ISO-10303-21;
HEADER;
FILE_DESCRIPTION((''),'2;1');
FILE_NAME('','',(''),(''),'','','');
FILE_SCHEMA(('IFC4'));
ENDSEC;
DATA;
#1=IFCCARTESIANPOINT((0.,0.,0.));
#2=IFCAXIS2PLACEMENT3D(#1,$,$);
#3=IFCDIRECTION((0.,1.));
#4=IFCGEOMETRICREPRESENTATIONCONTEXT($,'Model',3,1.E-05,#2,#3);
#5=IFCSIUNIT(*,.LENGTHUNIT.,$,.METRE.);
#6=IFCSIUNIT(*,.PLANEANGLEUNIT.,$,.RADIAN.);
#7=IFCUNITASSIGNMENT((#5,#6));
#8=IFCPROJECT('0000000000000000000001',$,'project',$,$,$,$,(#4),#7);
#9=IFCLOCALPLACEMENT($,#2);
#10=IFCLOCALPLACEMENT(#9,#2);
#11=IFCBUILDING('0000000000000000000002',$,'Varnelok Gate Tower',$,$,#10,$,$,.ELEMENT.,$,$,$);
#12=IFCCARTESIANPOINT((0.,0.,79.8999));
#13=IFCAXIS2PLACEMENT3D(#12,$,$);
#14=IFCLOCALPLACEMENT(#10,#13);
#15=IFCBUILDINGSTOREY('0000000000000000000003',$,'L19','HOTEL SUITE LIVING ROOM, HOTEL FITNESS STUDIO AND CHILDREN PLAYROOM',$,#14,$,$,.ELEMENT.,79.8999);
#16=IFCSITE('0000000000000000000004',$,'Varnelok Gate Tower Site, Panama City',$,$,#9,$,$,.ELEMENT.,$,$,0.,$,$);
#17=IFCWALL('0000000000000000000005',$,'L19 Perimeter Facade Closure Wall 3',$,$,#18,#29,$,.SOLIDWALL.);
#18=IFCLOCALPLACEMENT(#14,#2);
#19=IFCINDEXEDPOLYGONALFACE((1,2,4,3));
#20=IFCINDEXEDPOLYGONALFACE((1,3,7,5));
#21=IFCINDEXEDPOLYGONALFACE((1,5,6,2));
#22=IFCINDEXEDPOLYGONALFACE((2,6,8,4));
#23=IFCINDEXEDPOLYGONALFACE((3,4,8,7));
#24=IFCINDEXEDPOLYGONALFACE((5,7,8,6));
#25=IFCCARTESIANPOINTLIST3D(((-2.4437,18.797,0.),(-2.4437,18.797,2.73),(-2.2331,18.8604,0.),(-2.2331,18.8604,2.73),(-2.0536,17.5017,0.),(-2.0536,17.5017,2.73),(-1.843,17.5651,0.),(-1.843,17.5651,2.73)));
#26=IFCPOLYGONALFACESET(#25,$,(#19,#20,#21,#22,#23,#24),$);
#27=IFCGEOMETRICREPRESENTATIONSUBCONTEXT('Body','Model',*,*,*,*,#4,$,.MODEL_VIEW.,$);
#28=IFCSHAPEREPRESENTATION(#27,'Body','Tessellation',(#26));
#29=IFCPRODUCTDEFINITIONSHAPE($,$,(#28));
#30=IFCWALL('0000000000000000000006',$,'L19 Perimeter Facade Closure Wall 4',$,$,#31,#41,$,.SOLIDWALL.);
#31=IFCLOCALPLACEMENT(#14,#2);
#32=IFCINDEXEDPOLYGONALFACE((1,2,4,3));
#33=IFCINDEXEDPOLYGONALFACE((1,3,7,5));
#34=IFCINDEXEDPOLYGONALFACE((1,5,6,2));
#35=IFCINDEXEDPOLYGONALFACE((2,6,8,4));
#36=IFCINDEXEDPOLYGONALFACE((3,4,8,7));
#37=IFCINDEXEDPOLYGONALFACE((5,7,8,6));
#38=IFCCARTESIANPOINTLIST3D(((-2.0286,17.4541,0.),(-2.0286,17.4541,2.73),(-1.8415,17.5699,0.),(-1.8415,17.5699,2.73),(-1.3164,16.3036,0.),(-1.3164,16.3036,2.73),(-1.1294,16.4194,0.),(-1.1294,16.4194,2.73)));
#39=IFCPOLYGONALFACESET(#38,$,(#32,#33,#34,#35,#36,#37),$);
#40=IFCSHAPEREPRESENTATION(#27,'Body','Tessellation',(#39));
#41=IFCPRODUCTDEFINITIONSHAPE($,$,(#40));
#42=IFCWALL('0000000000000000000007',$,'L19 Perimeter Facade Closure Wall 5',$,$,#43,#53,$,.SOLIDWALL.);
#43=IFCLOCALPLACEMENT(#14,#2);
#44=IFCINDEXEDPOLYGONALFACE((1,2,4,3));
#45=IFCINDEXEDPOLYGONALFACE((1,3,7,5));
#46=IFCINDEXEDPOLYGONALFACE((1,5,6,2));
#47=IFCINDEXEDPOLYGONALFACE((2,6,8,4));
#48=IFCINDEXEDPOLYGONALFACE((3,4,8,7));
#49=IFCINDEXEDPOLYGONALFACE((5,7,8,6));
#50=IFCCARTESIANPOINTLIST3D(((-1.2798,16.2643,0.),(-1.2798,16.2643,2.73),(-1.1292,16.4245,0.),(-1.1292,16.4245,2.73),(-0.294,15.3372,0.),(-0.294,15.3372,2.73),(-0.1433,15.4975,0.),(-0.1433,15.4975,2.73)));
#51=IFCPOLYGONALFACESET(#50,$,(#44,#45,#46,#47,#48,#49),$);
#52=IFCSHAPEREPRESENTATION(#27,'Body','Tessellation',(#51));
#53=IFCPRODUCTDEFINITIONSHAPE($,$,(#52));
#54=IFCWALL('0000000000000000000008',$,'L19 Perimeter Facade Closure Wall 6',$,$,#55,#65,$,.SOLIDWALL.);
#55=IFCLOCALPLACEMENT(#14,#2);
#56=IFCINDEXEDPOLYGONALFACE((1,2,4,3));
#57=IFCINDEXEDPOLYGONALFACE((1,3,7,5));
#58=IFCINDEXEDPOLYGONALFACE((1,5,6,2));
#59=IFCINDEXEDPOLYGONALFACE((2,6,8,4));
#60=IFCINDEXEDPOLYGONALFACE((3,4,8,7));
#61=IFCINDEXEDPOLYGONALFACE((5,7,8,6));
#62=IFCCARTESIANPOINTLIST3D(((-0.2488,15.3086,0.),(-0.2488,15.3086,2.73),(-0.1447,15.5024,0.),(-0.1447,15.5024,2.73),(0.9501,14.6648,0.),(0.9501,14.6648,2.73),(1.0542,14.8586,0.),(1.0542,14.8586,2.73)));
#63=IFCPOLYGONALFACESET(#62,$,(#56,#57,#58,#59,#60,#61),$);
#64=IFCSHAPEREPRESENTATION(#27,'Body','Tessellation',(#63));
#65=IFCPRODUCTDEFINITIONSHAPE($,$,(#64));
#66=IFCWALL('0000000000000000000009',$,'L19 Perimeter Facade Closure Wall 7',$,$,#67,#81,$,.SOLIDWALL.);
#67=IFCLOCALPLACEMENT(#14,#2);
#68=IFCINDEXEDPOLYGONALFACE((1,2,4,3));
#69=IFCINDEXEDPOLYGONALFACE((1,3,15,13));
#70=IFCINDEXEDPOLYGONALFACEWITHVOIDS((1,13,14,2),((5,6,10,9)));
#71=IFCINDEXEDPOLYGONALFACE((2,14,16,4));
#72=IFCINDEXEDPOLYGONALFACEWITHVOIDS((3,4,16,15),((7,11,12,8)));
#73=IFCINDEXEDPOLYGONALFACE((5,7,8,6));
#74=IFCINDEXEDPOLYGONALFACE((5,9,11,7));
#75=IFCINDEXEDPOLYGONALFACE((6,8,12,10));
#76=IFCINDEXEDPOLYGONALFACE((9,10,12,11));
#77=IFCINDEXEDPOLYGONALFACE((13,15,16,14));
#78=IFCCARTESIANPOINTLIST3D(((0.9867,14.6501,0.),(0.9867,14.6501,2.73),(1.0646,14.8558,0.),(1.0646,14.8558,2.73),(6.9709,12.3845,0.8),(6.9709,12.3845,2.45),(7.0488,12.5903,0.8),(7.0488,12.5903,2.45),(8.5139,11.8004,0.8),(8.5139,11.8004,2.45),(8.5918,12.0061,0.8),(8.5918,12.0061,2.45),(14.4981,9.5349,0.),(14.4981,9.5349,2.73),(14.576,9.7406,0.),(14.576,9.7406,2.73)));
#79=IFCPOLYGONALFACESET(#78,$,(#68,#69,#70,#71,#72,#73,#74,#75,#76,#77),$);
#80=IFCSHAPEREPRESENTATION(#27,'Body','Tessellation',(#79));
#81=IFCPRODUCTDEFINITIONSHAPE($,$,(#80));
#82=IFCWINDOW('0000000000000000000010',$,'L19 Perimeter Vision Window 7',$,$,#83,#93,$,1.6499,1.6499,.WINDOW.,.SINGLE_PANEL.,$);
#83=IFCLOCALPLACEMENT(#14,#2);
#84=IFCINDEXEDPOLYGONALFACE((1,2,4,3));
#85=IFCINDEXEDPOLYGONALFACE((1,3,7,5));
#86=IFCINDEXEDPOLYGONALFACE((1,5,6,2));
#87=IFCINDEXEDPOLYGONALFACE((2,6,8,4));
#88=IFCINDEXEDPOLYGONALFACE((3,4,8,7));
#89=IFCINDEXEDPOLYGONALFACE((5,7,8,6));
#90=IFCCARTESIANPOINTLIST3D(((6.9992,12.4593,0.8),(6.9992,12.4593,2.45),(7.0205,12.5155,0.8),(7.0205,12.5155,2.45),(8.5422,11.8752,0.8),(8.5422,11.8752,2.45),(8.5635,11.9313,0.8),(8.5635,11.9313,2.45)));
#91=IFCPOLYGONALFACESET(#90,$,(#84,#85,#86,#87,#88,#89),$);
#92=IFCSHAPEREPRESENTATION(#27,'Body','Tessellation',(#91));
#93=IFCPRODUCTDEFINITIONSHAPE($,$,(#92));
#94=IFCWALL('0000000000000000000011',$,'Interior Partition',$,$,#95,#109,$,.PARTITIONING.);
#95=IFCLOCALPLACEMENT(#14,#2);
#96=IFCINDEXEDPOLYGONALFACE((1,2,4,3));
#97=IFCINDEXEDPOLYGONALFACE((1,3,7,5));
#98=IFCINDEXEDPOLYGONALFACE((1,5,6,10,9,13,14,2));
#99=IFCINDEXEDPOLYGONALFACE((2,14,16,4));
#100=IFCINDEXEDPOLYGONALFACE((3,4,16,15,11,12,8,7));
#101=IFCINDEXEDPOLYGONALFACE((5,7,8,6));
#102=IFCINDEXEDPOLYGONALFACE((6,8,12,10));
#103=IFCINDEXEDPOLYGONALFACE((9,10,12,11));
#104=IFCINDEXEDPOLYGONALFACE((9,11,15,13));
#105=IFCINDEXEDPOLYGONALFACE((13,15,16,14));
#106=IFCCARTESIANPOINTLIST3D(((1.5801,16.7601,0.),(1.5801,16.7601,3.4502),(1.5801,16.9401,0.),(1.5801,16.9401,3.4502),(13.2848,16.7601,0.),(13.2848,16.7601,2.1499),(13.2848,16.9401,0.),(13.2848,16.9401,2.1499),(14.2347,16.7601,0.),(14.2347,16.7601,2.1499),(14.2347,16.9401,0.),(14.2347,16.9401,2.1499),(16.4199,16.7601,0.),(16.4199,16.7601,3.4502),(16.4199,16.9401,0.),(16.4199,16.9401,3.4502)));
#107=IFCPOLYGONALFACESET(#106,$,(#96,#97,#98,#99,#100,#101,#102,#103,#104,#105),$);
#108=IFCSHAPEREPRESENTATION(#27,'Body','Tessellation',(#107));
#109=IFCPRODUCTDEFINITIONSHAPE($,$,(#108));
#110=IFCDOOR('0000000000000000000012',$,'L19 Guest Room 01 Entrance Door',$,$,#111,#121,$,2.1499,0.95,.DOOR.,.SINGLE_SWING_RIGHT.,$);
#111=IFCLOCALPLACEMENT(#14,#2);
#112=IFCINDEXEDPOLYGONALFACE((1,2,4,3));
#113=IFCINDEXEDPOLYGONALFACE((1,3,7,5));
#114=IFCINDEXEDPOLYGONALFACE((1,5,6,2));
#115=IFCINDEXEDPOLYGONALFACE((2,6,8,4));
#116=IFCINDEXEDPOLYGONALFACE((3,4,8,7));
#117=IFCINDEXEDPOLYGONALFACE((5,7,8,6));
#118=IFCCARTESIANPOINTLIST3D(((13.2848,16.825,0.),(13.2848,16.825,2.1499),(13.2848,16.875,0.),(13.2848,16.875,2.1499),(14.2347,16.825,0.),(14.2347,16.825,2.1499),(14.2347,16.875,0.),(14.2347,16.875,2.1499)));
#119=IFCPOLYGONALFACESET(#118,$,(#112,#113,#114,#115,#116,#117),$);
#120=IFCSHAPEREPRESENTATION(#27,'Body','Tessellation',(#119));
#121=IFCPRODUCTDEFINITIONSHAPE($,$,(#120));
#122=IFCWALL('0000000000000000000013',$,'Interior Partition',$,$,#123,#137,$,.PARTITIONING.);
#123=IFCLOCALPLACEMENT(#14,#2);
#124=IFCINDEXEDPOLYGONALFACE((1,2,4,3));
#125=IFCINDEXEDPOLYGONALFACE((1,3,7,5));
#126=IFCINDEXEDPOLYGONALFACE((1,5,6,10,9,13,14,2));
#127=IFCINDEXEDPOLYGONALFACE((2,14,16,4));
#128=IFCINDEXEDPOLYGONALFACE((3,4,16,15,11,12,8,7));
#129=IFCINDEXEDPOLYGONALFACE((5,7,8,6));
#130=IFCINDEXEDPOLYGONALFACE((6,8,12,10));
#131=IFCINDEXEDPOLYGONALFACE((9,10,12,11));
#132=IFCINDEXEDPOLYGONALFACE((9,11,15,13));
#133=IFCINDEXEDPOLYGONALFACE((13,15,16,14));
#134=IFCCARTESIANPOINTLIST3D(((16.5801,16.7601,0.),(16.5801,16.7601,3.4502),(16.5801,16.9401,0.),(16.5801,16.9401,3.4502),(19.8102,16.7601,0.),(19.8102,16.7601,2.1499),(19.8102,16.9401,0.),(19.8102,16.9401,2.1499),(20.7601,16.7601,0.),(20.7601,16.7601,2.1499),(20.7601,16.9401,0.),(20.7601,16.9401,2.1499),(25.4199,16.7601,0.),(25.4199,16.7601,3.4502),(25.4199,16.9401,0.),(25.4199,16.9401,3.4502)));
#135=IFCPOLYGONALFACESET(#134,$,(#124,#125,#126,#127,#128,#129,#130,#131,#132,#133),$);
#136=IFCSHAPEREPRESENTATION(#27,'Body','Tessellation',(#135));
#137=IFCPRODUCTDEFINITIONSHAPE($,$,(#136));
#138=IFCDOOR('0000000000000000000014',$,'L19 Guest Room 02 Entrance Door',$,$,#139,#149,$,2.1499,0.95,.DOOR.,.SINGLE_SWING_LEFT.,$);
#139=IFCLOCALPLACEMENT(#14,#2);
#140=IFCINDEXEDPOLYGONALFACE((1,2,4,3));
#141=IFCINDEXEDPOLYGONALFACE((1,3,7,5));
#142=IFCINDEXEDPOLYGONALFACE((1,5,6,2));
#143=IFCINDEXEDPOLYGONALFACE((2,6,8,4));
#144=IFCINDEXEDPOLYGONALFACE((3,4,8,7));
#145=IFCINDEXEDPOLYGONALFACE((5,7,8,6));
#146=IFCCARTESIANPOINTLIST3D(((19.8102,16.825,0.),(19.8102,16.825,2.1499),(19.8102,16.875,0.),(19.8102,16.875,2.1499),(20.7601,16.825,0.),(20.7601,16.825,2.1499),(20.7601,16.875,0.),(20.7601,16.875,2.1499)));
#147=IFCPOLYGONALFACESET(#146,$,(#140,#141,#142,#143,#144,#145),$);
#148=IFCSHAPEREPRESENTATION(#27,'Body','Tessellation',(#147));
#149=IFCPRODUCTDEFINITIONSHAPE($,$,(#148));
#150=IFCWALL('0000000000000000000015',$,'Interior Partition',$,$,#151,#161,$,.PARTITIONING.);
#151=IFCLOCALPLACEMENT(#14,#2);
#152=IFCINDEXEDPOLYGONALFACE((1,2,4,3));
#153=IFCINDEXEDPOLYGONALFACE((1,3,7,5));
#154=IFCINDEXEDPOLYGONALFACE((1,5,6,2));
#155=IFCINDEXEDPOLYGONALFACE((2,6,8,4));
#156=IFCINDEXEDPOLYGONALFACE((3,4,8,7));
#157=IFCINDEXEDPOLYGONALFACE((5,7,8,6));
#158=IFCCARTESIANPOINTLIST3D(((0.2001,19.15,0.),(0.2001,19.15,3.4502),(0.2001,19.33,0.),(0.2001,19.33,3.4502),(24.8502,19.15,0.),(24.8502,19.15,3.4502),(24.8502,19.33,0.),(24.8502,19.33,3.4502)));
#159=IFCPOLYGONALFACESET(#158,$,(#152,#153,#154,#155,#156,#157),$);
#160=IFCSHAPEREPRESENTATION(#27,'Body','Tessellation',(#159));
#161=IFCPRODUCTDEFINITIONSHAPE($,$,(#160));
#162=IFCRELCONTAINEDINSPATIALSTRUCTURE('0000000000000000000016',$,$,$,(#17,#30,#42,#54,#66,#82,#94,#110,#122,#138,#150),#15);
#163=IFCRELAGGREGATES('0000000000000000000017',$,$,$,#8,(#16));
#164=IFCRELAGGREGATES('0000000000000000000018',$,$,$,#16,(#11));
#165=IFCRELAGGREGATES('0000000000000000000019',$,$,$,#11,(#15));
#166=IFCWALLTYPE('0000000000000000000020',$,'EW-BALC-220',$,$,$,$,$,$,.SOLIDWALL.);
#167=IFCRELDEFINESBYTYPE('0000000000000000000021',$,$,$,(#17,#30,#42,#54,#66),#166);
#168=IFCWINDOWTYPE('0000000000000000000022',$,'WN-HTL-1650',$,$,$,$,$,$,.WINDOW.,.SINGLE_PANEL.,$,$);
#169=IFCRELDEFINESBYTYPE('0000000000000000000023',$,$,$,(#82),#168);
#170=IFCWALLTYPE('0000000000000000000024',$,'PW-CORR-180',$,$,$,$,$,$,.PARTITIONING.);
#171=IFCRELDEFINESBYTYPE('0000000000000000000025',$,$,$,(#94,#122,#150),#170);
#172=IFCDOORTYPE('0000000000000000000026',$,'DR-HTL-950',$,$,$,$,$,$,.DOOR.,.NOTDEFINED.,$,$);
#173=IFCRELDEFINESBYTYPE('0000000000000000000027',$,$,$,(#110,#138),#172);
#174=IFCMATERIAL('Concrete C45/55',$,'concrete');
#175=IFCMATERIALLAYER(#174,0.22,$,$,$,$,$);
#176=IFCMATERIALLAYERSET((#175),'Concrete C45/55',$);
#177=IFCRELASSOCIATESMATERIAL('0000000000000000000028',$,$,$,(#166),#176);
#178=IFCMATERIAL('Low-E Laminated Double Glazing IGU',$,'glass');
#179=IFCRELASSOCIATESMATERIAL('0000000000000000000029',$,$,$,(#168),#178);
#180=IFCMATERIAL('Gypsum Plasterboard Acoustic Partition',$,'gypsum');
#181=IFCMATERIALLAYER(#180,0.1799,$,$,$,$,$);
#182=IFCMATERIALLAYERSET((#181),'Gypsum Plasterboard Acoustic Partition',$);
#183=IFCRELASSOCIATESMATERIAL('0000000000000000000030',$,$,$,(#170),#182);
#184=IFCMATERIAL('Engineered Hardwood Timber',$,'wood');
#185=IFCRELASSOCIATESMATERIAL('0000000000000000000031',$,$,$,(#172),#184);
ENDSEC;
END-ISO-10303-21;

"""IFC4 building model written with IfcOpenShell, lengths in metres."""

from ifc_helpers import new_model, si_unit, direction, frame, frame_2d, origin, place, context, subcontext, project, spatial, rectangle, extrude, material, layer, layer_set, type_object, element, fill, save


model = new_model("IFC4")

# Units and contexts
model_context = context("Model", 3, precision=1e-05, world=origin(), true_north=direction((0.0, 1.0)))
body_context = subcontext(model_context, "Body", "Model", "MODEL_VIEW")
ifc_project = project(units=[si_unit("LENGTHUNIT", "METRE"), si_unit("PLANEANGLEUNIT", "RADIAN")], contexts=[model_context])

# Site, building, storey
site_placement = place(None, origin())
site = spatial("IfcSite", under=ifc_project, at=site_placement, Name="Varnelok Gate Tower Site, Panama City", CompositionType="ELEMENT", RefElevation=0.0)
building_placement = place(site_placement, origin())
building = spatial("IfcBuilding", under=site, at=building_placement, Name="Varnelok Gate Tower", CompositionType="ELEMENT")
storey_placement = place(building_placement, frame((0.0, 0.0, 79.8999)))
storey = spatial("IfcBuildingStorey", under=building, at=storey_placement, Name="L19", Description="HOTEL SUITE LIVING ROOM, HOTEL FITNESS STUDIO AND CHILDREN PLAYROOM", CompositionType="ELEMENT", Elevation=79.8999)

# Shared definitions
ifc_material_1 = material(Name="Low-E Laminated Double Glazing IGU", Category="glass")

# Walls
ifc_material_2 = material(Name="Concrete C45/55", Category="concrete")
ifc_layer_1 = layer(ifc_material_2, 0.22)
ifc_layer_set_1 = layer_set([ifc_layer_1], Name="Concrete C45/55")
wall_type_1 = type_object("IfcWallType", Name="EW-BALC-220", PredefinedType="SOLIDWALL", material=ifc_layer_set_1)
wall_1_placement = place(storey_placement, frame((-2.3384, 18.8286, 0.0), z_axis=(0.0, 0.0, 1.0), x_axis=(0.288374, -0.957518, 0.0)))
element("IfcWall", 1, at=wall_1_placement, inside=storey, type_object=wall_type_1, Name="L19 Perimeter Facade Closure Wall 3", PredefinedType="SOLIDWALL", context=body_context, shape_type="SweptSolid", body=[
    extrude(rectangle(XDim=1.3528, YDim=0.22, at=frame_2d((0.6763, 0.0))), origin(), (0.0, 0.0, 1.0), 2.73),
])
wall_2_placement = place(storey_placement, frame((-1.9351, 17.512, 0.0), z_axis=(0.0, 0.0, 1.0), x_axis=(0.526361, -0.850261, 0.0)))
element("IfcWall", 2, at=wall_2_placement, inside=storey, type_object=wall_type_1, Name="L19 Perimeter Facade Closure Wall 4", PredefinedType="SOLIDWALL", context=body_context, shape_type="SweptSolid", body=[
    extrude(rectangle(XDim=1.353, YDim=0.22, at=frame_2d((0.6765, 0.0))), origin(), (0.0, 0.0, 1.0), 2.73),
])
wall_3_placement = place(storey_placement, frame((-1.2046, 16.3445, 0.0), z_axis=(0.0, 0.0, 1.0), x_axis=(0.728512, -0.685033, 0.0)))
element("IfcWall", 3, at=wall_3_placement, inside=storey, type_object=wall_type_1, Name="L19 Perimeter Facade Closure Wall 5", PredefinedType="SOLIDWALL", context=body_context, shape_type="SweptSolid", body=[
    extrude(rectangle(XDim=1.3533, YDim=0.22, at=frame_2d((0.6768, 0.0))), origin(), (0.0, 0.0, 1.0), 2.73),
])
wall_4_placement = place(storey_placement, frame((-0.1968, 15.4055, 0.0), z_axis=(0.0, 0.0, 1.0), x_axis=(0.881024, -0.473072, 0.0)))
element("IfcWall", 4, at=wall_4_placement, inside=storey, type_object=wall_type_1, Name="L19 Perimeter Facade Closure Wall 6", PredefinedType="SOLIDWALL", context=body_context, shape_type="SweptSolid", body=[
    extrude(rectangle(XDim=1.3608, YDim=0.22, at=frame_2d((0.6804, 0.0))), origin(), (0.0, 0.0, 1.0), 2.73),
])

# Wall, opening, window
wall_5_placement = place(storey_placement, frame((1.0256, 14.7529, 0.0), z_axis=(0.0, 0.0, 1.0), x_axis=(0.935222, -0.354061, 0.0)))
wall_5 = element("IfcWall", 5, at=wall_5_placement, inside=storey, type_object=wall_type_1, Name="L19 Perimeter Facade Closure Wall 7", PredefinedType="SOLIDWALL", context=body_context, shape_type="SweptSolid", body=[
    extrude(rectangle(XDim=14.4473, YDim=0.22, at=frame_2d((7.2236, 0.0))), origin(), (0.0, 0.0, 1.0), 2.73),
])
opening_1_placement = place(wall_5_placement, frame((6.3987, 0.0, 0.8)))
opening_1 = element("IfcOpeningElement", 6, at=opening_1_placement, cuts=wall_5, PredefinedType="OPENING", context=body_context, shape_type="SweptSolid", body=[
    extrude(rectangle(XDim=1.6499, YDim=1.6499, at=frame_2d((0.825, 0.825))), frame((0.0, 0.1199, 0.0), z_axis=(0.0, -1.0, 0.0), x_axis=(1.0, 0.0, 0.0)), (0.0, 0.0, 1.0), 0.24),
])
window_type = type_object("IfcWindowType", Name="WN-HTL-1650", PartitioningType="SINGLE_PANEL", PredefinedType="WINDOW", material=ifc_material_1)
window_placement = place(opening_1_placement, origin())
window = element("IfcWindow", 7, at=window_placement, inside=storey, type_object=window_type, Name="L19 Perimeter Vision Window 7", OverallHeight=1.6499, OverallWidth=1.6499, PartitioningType="SINGLE_PANEL", PredefinedType="WINDOW", context=body_context, shape_type="SweptSolid", body=[
    extrude(rectangle(XDim=1.6499, YDim=1.6499, at=frame_2d((0.825, 0.825))), frame((0.0, 0.03, 0.0), z_axis=(0.0, -1.0, 0.0), x_axis=(1.0, 0.0, 0.0)), (0.0, 0.0, 1.0), 0.0601),
])
fill(opening_1, window)

# Walls, openings, doors
ifc_material_3 = material(Name="Gypsum Plasterboard Acoustic Partition", Category="gypsum")
ifc_layer_2 = layer(ifc_material_3, 0.1799)
ifc_layer_set_2 = layer_set([ifc_layer_2], Name="Gypsum Plasterboard Acoustic Partition")
wall_type_2 = type_object("IfcWallType", Name="PW-CORR-180", PredefinedType="PARTITIONING", material=ifc_layer_set_2)
wall_6_placement = place(storey_placement, frame((1.5801, 16.8501, 0.0), z_axis=(0.0, 0.0, 1.0), x_axis=(1.0, 0.0, 0.0)))
wall_6 = element("IfcWall", 8, at=wall_6_placement, inside=storey, type_object=wall_type_2, Name="Interior Partition", PredefinedType="PARTITIONING", context=body_context, shape_type="SweptSolid", body=[
    extrude(rectangle(XDim=14.8398, YDim=0.1799, at=frame_2d((7.4199, 0.0))), origin(), (0.0, 0.0, 1.0), 3.4502),
])
opening_2_placement = place(wall_6_placement, frame((11.7046, 0.0, 0.0)))
opening_2 = element("IfcOpeningElement", 9, at=opening_2_placement, cuts=wall_6, PredefinedType="OPENING", context=body_context, shape_type="SweptSolid", body=[
    extrude(rectangle(XDim=0.95, YDim=2.1499, at=frame_2d((0.4751, 1.075))), frame((0.0, 0.0999, 0.0), z_axis=(0.0, -1.0, 0.0), x_axis=(1.0, 0.0, 0.0)), (0.0, 0.0, 1.0), 0.2),
])
ifc_material_4 = material(Name="Engineered Hardwood Timber", Category="wood")
door_type_1 = type_object("IfcDoorType", Name="DR-HTL-950", OperationType="NOTDEFINED", PredefinedType="DOOR", material=ifc_material_4)
door_1_placement = place(opening_2_placement, origin())
door_1 = element("IfcDoor", 10, at=door_1_placement, inside=storey, type_object=door_type_1, Name="L19 Guest Room 01 Entrance Door", OperationType="SINGLE_SWING_RIGHT", OverallHeight=2.1499, OverallWidth=0.95, PredefinedType="DOOR", context=body_context, shape_type="SweptSolid", body=[
    extrude(rectangle(XDim=0.95, YDim=2.1499, at=frame_2d((0.4751, 1.075))), frame((0.0, 0.0249, 0.0), z_axis=(0.0, -1.0, 0.0), x_axis=(1.0, 0.0, 0.0)), (0.0, 0.0, 1.0), 0.05),
])
fill(opening_2, door_1)
wall_7_placement = place(storey_placement, frame((16.5801, 16.8501, 0.0), z_axis=(0.0, 0.0, 1.0), x_axis=(1.0, 0.0, 0.0)))
wall_7 = element("IfcWall", 11, at=wall_7_placement, inside=storey, type_object=wall_type_2, Name="Interior Partition", PredefinedType="PARTITIONING", context=body_context, shape_type="SweptSolid", body=[
    extrude(rectangle(XDim=8.8398, YDim=0.1799, at=frame_2d((4.4199, 0.0))), origin(), (0.0, 0.0, 1.0), 3.4502),
])
opening_3_placement = place(wall_7_placement, frame((3.23, 0.0, 0.0)))
opening_3 = element("IfcOpeningElement", 12, at=opening_3_placement, cuts=wall_7, PredefinedType="OPENING", context=body_context, shape_type="SweptSolid", body=[
    extrude(rectangle(XDim=0.95, YDim=2.1499, at=frame_2d((0.4751, 1.075))), frame((0.0, 0.0999, 0.0), z_axis=(0.0, -1.0, 0.0), x_axis=(1.0, 0.0, 0.0)), (0.0, 0.0, 1.0), 0.2),
])
door_2_placement = place(opening_3_placement, origin())
door_2 = element("IfcDoor", 13, at=door_2_placement, inside=storey, type_object=door_type_1, Name="L19 Guest Room 02 Entrance Door", OperationType="SINGLE_SWING_LEFT", OverallHeight=2.1499, OverallWidth=0.95, PredefinedType="DOOR", context=body_context, shape_type="SweptSolid", body=[
    extrude(rectangle(XDim=0.95, YDim=2.1499, at=frame_2d((0.4751, 1.075))), frame((0.0, 0.0249, 0.0), z_axis=(0.0, -1.0, 0.0), x_axis=(1.0, 0.0, 0.0)), (0.0, 0.0, 1.0), 0.05),
])
fill(opening_3, door_2)

# Wall
wall_8_placement = place(storey_placement, frame((0.2, 19.24, 0.0), z_axis=(0.0, 0.0, 1.0), x_axis=(1.0, 0.0, 0.0)))
element("IfcWall", 14, at=wall_8_placement, inside=storey, type_object=wall_type_2, Name="Interior Partition", PredefinedType="PARTITIONING", context=body_context, shape_type="SweptSolid", body=[
    extrude(rectangle(XDim=24.6501, YDim=0.1799, at=frame_2d((12.3252, 0.0))), origin(), (0.0, 0.0, 1.0), 3.4502),
])

save(model, "model.ifc")
